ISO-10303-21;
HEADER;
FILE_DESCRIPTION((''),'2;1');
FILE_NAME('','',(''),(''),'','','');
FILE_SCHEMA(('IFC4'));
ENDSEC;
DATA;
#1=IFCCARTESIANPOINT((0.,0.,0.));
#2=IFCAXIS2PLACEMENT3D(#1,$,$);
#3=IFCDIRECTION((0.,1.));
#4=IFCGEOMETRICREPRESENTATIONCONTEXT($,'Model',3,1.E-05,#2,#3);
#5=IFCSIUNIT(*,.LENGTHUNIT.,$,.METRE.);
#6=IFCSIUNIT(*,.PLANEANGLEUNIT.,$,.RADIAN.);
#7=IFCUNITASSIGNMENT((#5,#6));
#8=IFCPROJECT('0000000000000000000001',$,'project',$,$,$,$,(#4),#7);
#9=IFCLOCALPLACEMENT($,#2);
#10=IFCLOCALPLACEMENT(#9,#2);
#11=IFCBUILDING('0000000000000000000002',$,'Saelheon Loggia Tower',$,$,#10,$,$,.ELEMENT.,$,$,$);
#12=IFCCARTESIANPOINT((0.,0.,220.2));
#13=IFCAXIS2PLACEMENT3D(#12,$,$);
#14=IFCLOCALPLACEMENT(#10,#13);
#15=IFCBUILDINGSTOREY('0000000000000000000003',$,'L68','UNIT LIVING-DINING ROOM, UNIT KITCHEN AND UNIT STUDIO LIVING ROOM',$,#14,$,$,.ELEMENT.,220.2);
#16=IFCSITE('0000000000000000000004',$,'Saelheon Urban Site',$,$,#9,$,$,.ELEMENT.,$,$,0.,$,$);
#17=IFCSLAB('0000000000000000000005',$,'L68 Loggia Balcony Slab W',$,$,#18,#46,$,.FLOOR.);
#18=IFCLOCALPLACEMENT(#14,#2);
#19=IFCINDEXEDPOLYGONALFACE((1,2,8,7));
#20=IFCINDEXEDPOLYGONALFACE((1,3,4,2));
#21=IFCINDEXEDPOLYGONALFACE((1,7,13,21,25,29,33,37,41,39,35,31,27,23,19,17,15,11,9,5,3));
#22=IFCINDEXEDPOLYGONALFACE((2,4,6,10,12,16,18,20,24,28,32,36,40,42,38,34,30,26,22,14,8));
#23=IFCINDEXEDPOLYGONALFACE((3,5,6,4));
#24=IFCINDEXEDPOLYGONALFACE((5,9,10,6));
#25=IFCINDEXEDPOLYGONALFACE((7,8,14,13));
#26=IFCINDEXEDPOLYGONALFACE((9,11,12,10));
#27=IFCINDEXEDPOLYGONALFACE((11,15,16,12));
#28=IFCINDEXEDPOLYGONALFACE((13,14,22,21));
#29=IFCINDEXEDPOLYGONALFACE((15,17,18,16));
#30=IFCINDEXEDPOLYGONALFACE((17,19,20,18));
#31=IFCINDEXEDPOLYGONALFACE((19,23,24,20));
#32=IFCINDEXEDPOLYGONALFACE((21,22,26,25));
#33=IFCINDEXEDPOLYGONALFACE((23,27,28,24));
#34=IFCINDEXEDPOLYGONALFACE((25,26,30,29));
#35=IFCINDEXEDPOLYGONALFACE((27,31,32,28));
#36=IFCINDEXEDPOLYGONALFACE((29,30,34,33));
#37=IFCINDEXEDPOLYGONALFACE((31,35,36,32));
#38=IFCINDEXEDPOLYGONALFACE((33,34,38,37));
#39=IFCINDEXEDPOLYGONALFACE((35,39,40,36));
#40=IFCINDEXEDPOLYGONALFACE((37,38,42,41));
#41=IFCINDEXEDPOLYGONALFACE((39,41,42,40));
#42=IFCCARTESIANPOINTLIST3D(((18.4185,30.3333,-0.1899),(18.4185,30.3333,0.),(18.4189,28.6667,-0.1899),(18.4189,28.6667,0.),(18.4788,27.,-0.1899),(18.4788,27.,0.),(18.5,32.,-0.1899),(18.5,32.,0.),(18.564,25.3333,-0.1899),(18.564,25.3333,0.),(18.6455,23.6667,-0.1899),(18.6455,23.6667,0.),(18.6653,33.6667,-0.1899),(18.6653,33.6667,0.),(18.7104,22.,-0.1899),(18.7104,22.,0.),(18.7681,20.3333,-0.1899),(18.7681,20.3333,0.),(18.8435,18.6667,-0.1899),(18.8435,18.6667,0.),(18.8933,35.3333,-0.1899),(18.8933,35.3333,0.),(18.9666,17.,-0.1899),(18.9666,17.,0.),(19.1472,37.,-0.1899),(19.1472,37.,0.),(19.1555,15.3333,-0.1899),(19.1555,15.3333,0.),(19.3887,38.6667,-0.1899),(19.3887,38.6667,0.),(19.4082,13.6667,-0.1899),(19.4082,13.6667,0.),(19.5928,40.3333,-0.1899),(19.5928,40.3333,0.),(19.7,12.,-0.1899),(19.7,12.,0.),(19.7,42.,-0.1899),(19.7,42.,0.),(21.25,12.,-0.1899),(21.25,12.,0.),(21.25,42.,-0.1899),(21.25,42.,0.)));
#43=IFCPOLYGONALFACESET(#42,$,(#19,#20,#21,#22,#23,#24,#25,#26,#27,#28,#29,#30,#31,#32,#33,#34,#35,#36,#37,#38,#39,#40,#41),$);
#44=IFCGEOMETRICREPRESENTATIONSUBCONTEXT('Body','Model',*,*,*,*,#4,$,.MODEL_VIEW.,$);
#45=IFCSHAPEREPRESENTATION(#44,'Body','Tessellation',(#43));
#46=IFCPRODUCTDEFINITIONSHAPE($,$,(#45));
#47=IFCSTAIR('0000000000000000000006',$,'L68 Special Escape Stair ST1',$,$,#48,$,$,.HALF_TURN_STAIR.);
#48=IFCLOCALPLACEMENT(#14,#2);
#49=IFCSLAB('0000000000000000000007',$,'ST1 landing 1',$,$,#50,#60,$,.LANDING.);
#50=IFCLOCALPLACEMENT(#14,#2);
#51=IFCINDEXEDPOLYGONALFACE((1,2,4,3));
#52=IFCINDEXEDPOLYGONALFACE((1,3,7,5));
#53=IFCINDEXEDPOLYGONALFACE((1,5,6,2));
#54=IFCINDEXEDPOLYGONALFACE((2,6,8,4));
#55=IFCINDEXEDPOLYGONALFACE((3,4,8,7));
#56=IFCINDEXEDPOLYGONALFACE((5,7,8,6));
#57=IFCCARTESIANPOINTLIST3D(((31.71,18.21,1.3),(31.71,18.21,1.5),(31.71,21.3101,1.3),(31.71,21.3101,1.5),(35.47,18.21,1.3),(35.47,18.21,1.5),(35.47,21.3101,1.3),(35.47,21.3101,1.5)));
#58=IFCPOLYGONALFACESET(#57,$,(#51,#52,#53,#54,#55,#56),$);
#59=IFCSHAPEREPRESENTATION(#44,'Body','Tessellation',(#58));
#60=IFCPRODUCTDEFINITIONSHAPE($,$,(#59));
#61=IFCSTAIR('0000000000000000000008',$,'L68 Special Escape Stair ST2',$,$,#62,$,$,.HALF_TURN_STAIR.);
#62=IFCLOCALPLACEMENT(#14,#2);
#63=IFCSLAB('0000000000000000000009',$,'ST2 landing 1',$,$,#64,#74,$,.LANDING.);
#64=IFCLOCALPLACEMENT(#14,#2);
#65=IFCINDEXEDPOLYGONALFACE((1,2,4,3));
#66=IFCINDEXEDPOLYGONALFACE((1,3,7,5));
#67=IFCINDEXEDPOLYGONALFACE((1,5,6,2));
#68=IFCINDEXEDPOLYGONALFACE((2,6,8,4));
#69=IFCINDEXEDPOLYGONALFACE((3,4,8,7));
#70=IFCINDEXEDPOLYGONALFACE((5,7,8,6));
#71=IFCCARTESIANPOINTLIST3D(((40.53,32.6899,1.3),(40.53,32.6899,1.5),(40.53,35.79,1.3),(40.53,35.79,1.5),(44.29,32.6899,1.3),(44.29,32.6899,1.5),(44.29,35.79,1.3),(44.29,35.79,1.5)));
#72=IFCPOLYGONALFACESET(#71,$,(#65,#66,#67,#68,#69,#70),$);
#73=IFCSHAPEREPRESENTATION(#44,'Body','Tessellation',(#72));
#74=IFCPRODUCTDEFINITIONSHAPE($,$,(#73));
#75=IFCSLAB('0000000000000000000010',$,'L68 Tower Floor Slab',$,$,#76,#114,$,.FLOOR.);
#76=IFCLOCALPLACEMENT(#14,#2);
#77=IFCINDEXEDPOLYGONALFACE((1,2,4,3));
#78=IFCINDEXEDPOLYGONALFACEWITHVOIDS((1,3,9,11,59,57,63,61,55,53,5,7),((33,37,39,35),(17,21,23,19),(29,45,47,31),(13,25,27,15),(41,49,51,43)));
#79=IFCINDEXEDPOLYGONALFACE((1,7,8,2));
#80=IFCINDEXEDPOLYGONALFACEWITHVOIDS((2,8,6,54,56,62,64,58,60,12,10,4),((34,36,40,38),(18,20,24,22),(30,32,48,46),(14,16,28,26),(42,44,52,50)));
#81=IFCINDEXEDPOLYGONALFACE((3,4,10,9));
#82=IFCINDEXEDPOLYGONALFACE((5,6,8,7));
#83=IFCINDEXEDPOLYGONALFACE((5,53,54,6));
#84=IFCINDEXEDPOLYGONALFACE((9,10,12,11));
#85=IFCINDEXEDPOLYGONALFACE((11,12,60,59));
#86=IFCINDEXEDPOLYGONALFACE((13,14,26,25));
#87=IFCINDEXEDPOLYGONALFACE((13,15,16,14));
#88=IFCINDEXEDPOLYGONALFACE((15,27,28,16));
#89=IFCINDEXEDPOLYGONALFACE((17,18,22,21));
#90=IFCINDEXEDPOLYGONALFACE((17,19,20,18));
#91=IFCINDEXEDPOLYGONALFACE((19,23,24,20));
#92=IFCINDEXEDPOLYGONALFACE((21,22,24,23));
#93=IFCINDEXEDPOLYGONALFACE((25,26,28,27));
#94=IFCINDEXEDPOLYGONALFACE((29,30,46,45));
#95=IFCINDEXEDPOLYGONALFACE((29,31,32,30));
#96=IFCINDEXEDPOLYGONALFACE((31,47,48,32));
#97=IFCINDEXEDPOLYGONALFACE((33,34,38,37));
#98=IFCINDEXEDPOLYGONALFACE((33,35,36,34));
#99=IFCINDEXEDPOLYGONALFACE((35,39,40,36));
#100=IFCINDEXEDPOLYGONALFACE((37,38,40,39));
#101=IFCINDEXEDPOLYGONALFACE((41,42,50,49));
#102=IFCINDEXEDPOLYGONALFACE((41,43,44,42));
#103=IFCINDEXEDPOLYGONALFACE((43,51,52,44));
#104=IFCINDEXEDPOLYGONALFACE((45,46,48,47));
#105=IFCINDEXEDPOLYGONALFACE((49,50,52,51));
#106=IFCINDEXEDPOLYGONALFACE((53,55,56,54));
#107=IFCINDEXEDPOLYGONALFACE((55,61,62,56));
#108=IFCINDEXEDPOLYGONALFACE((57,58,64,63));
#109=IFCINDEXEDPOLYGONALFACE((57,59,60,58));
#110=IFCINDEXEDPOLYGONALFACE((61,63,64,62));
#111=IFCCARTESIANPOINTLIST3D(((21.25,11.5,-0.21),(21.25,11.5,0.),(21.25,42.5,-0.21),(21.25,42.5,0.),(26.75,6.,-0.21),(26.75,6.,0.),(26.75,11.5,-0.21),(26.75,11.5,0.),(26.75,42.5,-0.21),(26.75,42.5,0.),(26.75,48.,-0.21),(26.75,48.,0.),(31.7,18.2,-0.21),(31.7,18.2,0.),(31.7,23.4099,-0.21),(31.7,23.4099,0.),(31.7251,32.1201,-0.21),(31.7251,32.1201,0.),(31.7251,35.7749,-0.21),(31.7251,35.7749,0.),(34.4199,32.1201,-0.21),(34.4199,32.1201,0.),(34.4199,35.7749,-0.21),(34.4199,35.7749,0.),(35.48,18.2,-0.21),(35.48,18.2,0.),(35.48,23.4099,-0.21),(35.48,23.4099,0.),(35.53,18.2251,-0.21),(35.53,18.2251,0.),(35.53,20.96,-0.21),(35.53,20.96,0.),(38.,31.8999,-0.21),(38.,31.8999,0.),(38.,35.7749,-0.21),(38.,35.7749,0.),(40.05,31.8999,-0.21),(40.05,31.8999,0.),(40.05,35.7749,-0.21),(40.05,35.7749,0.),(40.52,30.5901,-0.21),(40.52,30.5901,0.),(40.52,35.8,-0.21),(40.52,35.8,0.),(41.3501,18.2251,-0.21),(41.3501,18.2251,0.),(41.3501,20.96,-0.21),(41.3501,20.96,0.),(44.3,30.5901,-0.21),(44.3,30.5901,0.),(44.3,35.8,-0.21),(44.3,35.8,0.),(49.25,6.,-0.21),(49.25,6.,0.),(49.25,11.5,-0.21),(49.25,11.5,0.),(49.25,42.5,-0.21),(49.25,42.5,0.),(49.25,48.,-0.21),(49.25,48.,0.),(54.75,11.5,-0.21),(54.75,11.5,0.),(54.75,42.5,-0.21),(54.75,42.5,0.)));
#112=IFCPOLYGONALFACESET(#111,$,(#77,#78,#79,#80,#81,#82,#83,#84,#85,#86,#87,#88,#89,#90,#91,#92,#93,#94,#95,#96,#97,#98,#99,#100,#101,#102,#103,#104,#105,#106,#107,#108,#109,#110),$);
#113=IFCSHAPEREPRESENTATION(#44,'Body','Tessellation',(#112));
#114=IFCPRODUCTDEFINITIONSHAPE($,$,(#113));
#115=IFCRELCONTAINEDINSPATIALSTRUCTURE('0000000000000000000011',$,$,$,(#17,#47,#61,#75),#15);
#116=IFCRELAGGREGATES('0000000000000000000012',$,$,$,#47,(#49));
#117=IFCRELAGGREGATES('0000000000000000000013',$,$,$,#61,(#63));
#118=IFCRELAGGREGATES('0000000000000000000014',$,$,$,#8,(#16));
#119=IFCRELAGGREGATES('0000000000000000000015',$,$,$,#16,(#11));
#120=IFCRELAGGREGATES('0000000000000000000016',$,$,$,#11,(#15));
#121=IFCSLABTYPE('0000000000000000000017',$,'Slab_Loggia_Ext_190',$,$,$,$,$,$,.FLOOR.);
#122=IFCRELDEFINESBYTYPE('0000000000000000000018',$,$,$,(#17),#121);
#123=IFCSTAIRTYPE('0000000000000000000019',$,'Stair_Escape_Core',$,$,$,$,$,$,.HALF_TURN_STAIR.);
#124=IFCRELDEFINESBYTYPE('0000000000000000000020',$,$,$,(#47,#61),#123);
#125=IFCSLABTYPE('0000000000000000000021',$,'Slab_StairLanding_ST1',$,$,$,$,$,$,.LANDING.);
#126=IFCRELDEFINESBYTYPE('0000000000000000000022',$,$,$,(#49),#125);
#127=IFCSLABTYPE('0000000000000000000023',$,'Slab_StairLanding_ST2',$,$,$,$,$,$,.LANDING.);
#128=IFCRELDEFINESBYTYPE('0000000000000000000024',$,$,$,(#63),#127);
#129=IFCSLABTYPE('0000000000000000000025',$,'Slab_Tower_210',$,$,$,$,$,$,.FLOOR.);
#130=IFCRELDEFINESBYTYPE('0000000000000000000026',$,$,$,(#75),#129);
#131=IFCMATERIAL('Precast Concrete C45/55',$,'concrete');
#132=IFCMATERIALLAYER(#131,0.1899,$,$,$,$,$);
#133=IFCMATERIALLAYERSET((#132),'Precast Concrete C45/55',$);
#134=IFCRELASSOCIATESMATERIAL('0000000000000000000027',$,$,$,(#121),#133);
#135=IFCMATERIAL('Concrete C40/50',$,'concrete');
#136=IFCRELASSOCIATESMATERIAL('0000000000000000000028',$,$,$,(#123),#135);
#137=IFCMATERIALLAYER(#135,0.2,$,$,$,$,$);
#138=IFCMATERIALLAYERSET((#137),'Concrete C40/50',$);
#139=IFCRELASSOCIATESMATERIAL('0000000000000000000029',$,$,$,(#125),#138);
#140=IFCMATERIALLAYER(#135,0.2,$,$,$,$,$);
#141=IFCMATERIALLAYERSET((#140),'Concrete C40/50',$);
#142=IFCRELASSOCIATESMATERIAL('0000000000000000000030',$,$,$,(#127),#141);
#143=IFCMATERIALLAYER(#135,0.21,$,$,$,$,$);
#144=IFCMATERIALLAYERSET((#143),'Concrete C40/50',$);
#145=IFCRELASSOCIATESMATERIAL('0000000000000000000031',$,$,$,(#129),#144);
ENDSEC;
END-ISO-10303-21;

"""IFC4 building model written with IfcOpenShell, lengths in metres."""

from ifc_helpers import new_model, si_unit, direction, frame, origin, place, context, subcontext, project, spatial, polyline, outline, extrude, material, layer, layer_set, type_object, element, aggregate, save


model = new_model("IFC4")

# Units and contexts
model_context = context("Model", 3, precision=1e-05, world=origin(), true_north=direction((0.0, 1.0)))
body_context = subcontext(model_context, "Body", "Model", "MODEL_VIEW")
ifc_project = project(units=[si_unit("LENGTHUNIT", "METRE"), si_unit("PLANEANGLEUNIT", "RADIAN")], contexts=[model_context])

# Site, building, storey
site_placement = place(None, origin())
site = spatial("IfcSite", under=ifc_project, at=site_placement, Name="Saelheon Urban Site", CompositionType="ELEMENT", RefElevation=0.0)
building_placement = place(site_placement, origin())
building = spatial("IfcBuilding", under=site, at=building_placement, Name="Saelheon Loggia Tower", CompositionType="ELEMENT")
storey_placement = place(building_placement, frame((0.0, 0.0, 220.2)))
storey = spatial("IfcBuildingStorey", under=building, at=storey_placement, Name="L68", Description="UNIT LIVING-DINING ROOM, UNIT KITCHEN AND UNIT STUDIO LIVING ROOM", CompositionType="ELEMENT", Elevation=220.2)

# Shared definitions
ifc_material_1 = material(Name="Precast Concrete C45/55", Category="concrete")

# Shared definitions
ifc_material_2 = material(Name="Concrete C40/50", Category="concrete")

# Slab
ifc_layer_1 = layer(ifc_material_1, 0.1899)
ifc_layer_set_1 = layer_set([ifc_layer_1], Name="Precast Concrete C45/55")
slab_type_1 = type_object("IfcSlabType", Name="Slab_Loggia_Ext_190", PredefinedType="FLOOR", material=ifc_layer_set_1)
slab_1_placement = place(storey_placement, frame((0.0, 0.0, -0.1899)))
element("IfcSlab", 1, at=slab_1_placement, inside=storey, type_object=slab_type_1, Name="L68 Loggia Balcony Slab W", PredefinedType="FLOOR", context=body_context, shape_type="SweptSolid", body=[
    extrude(outline(polyline([(21.25, 12.0), (21.25, 42.0), (19.7, 42.0), (19.5928, 40.3333), (19.3887, 38.6667), (19.1472, 37.0), (18.8933, 35.3333), (18.6653, 33.6667), (18.5, 32.0), (18.4185, 30.3333), (18.4189, 28.6667), (18.4788, 27.0), (18.564, 25.3333), (18.6455, 23.6667), (18.7104, 22.0), (18.7681, 20.3333), (18.8435, 18.6667), (18.9666, 17.0), (19.1555, 15.3333), (19.4082, 13.6667), (19.7, 12.0), (21.25, 12.0)])), origin(), (0.0, 0.0, 1.0), 0.1899),
])

# Stairs, slabs
stair_type = type_object("IfcStairType", Name="Stair_Escape_Core", PredefinedType="HALF_TURN_STAIR", material=ifc_material_2)
stair_1_placement = place(storey_placement, origin())
stair_1 = element("IfcStair", 2, at=stair_1_placement, inside=storey, type_object=stair_type, Name="L68 Special Escape Stair ST1", PredefinedType="HALF_TURN_STAIR")
ifc_layer_2 = layer(ifc_material_2, 0.2)
ifc_layer_set_2 = layer_set([ifc_layer_2], Name="Concrete C40/50")
slab_type_2 = type_object("IfcSlabType", Name="Slab_StairLanding_ST1", PredefinedType="LANDING", material=ifc_layer_set_2)
slab_2_placement = place(storey_placement, frame((0.0, 0.0, 1.3)))
slab_2 = element("IfcSlab", 3, at=slab_2_placement, type_object=slab_type_2, Name="ST1 landing 1", PredefinedType="LANDING", context=body_context, shape_type="SweptSolid", body=[
    extrude(outline(polyline([(31.71, 21.3101), (31.71, 18.21), (35.47, 18.21), (35.47, 21.3101), (31.71, 21.3101)])), origin(), (0.0, 0.0, 1.0), 0.2),
])
aggregate(stair_1, [slab_2])
stair_2_placement = place(storey_placement, origin())
stair_2 = element("IfcStair", 4, at=stair_2_placement, inside=storey, type_object=stair_type, Name="L68 Special Escape Stair ST2", PredefinedType="HALF_TURN_STAIR")
ifc_layer_3 = layer(ifc_material_2, 0.2)
ifc_layer_set_3 = layer_set([ifc_layer_3], Name="Concrete C40/50")
slab_type_3 = type_object("IfcSlabType", Name="Slab_StairLanding_ST2", PredefinedType="LANDING", material=ifc_layer_set_3)
slab_3_placement = place(storey_placement, frame((0.0, 0.0, 1.3)))
slab_3 = element("IfcSlab", 5, at=slab_3_placement, type_object=slab_type_3, Name="ST2 landing 1", PredefinedType="LANDING", context=body_context, shape_type="SweptSolid", body=[
    extrude(outline(polyline([(44.29, 32.6899), (44.29, 35.79), (40.53, 35.79), (40.53, 32.6899), (44.29, 32.6899)])), origin(), (0.0, 0.0, 1.0), 0.2),
])
aggregate(stair_2, [slab_3])

# Slab
ifc_layer_4 = layer(ifc_material_2, 0.21)
ifc_layer_set_4 = layer_set([ifc_layer_4], Name="Concrete C40/50")
slab_type_4 = type_object("IfcSlabType", Name="Slab_Tower_210", PredefinedType="FLOOR", material=ifc_layer_set_4)
slab_4_placement = place(storey_placement, frame((0.0, 0.0, -0.21)))
element("IfcSlab", 6, at=slab_4_placement, inside=storey, type_object=slab_type_4, Name="L68 Tower Floor Slab", PredefinedType="FLOOR", context=body_context, shape_type="SweptSolid", body=[
    extrude(outline(polyline([(26.75, 6.0), (49.25, 6.0), (49.25, 11.5), (54.75, 11.5), (54.75, 42.5), (49.25, 42.5), (49.25, 48.0), (26.75, 48.0), (26.75, 42.5), (21.25, 42.5), (21.25, 11.5), (26.75, 11.5), (26.75, 6.0)]), holes=[polyline([(31.7, 23.4099), (31.7, 18.2), (35.48, 18.2), (35.48, 23.4099), (31.7, 23.4099)]), polyline([(44.3, 30.5901), (44.3, 35.8), (40.52, 35.8), (40.52, 30.5901), (44.3, 30.5901)]), polyline([(35.53, 18.2251), (41.3501, 18.2251), (41.3501, 20.96), (35.53, 20.96), (35.53, 18.2251)]), polyline([(31.7251, 32.1201), (34.4199, 32.1201), (34.4199, 35.7749), (31.7251, 35.7749), (31.7251, 32.1201)]), polyline([(38.0, 31.8999), (40.05, 31.8999), (40.05, 35.7749), (38.0, 35.7749), (38.0, 31.8999)])]), origin(), (0.0, 0.0, 1.0), 0.21),
])

save(model, "model.ifc")
